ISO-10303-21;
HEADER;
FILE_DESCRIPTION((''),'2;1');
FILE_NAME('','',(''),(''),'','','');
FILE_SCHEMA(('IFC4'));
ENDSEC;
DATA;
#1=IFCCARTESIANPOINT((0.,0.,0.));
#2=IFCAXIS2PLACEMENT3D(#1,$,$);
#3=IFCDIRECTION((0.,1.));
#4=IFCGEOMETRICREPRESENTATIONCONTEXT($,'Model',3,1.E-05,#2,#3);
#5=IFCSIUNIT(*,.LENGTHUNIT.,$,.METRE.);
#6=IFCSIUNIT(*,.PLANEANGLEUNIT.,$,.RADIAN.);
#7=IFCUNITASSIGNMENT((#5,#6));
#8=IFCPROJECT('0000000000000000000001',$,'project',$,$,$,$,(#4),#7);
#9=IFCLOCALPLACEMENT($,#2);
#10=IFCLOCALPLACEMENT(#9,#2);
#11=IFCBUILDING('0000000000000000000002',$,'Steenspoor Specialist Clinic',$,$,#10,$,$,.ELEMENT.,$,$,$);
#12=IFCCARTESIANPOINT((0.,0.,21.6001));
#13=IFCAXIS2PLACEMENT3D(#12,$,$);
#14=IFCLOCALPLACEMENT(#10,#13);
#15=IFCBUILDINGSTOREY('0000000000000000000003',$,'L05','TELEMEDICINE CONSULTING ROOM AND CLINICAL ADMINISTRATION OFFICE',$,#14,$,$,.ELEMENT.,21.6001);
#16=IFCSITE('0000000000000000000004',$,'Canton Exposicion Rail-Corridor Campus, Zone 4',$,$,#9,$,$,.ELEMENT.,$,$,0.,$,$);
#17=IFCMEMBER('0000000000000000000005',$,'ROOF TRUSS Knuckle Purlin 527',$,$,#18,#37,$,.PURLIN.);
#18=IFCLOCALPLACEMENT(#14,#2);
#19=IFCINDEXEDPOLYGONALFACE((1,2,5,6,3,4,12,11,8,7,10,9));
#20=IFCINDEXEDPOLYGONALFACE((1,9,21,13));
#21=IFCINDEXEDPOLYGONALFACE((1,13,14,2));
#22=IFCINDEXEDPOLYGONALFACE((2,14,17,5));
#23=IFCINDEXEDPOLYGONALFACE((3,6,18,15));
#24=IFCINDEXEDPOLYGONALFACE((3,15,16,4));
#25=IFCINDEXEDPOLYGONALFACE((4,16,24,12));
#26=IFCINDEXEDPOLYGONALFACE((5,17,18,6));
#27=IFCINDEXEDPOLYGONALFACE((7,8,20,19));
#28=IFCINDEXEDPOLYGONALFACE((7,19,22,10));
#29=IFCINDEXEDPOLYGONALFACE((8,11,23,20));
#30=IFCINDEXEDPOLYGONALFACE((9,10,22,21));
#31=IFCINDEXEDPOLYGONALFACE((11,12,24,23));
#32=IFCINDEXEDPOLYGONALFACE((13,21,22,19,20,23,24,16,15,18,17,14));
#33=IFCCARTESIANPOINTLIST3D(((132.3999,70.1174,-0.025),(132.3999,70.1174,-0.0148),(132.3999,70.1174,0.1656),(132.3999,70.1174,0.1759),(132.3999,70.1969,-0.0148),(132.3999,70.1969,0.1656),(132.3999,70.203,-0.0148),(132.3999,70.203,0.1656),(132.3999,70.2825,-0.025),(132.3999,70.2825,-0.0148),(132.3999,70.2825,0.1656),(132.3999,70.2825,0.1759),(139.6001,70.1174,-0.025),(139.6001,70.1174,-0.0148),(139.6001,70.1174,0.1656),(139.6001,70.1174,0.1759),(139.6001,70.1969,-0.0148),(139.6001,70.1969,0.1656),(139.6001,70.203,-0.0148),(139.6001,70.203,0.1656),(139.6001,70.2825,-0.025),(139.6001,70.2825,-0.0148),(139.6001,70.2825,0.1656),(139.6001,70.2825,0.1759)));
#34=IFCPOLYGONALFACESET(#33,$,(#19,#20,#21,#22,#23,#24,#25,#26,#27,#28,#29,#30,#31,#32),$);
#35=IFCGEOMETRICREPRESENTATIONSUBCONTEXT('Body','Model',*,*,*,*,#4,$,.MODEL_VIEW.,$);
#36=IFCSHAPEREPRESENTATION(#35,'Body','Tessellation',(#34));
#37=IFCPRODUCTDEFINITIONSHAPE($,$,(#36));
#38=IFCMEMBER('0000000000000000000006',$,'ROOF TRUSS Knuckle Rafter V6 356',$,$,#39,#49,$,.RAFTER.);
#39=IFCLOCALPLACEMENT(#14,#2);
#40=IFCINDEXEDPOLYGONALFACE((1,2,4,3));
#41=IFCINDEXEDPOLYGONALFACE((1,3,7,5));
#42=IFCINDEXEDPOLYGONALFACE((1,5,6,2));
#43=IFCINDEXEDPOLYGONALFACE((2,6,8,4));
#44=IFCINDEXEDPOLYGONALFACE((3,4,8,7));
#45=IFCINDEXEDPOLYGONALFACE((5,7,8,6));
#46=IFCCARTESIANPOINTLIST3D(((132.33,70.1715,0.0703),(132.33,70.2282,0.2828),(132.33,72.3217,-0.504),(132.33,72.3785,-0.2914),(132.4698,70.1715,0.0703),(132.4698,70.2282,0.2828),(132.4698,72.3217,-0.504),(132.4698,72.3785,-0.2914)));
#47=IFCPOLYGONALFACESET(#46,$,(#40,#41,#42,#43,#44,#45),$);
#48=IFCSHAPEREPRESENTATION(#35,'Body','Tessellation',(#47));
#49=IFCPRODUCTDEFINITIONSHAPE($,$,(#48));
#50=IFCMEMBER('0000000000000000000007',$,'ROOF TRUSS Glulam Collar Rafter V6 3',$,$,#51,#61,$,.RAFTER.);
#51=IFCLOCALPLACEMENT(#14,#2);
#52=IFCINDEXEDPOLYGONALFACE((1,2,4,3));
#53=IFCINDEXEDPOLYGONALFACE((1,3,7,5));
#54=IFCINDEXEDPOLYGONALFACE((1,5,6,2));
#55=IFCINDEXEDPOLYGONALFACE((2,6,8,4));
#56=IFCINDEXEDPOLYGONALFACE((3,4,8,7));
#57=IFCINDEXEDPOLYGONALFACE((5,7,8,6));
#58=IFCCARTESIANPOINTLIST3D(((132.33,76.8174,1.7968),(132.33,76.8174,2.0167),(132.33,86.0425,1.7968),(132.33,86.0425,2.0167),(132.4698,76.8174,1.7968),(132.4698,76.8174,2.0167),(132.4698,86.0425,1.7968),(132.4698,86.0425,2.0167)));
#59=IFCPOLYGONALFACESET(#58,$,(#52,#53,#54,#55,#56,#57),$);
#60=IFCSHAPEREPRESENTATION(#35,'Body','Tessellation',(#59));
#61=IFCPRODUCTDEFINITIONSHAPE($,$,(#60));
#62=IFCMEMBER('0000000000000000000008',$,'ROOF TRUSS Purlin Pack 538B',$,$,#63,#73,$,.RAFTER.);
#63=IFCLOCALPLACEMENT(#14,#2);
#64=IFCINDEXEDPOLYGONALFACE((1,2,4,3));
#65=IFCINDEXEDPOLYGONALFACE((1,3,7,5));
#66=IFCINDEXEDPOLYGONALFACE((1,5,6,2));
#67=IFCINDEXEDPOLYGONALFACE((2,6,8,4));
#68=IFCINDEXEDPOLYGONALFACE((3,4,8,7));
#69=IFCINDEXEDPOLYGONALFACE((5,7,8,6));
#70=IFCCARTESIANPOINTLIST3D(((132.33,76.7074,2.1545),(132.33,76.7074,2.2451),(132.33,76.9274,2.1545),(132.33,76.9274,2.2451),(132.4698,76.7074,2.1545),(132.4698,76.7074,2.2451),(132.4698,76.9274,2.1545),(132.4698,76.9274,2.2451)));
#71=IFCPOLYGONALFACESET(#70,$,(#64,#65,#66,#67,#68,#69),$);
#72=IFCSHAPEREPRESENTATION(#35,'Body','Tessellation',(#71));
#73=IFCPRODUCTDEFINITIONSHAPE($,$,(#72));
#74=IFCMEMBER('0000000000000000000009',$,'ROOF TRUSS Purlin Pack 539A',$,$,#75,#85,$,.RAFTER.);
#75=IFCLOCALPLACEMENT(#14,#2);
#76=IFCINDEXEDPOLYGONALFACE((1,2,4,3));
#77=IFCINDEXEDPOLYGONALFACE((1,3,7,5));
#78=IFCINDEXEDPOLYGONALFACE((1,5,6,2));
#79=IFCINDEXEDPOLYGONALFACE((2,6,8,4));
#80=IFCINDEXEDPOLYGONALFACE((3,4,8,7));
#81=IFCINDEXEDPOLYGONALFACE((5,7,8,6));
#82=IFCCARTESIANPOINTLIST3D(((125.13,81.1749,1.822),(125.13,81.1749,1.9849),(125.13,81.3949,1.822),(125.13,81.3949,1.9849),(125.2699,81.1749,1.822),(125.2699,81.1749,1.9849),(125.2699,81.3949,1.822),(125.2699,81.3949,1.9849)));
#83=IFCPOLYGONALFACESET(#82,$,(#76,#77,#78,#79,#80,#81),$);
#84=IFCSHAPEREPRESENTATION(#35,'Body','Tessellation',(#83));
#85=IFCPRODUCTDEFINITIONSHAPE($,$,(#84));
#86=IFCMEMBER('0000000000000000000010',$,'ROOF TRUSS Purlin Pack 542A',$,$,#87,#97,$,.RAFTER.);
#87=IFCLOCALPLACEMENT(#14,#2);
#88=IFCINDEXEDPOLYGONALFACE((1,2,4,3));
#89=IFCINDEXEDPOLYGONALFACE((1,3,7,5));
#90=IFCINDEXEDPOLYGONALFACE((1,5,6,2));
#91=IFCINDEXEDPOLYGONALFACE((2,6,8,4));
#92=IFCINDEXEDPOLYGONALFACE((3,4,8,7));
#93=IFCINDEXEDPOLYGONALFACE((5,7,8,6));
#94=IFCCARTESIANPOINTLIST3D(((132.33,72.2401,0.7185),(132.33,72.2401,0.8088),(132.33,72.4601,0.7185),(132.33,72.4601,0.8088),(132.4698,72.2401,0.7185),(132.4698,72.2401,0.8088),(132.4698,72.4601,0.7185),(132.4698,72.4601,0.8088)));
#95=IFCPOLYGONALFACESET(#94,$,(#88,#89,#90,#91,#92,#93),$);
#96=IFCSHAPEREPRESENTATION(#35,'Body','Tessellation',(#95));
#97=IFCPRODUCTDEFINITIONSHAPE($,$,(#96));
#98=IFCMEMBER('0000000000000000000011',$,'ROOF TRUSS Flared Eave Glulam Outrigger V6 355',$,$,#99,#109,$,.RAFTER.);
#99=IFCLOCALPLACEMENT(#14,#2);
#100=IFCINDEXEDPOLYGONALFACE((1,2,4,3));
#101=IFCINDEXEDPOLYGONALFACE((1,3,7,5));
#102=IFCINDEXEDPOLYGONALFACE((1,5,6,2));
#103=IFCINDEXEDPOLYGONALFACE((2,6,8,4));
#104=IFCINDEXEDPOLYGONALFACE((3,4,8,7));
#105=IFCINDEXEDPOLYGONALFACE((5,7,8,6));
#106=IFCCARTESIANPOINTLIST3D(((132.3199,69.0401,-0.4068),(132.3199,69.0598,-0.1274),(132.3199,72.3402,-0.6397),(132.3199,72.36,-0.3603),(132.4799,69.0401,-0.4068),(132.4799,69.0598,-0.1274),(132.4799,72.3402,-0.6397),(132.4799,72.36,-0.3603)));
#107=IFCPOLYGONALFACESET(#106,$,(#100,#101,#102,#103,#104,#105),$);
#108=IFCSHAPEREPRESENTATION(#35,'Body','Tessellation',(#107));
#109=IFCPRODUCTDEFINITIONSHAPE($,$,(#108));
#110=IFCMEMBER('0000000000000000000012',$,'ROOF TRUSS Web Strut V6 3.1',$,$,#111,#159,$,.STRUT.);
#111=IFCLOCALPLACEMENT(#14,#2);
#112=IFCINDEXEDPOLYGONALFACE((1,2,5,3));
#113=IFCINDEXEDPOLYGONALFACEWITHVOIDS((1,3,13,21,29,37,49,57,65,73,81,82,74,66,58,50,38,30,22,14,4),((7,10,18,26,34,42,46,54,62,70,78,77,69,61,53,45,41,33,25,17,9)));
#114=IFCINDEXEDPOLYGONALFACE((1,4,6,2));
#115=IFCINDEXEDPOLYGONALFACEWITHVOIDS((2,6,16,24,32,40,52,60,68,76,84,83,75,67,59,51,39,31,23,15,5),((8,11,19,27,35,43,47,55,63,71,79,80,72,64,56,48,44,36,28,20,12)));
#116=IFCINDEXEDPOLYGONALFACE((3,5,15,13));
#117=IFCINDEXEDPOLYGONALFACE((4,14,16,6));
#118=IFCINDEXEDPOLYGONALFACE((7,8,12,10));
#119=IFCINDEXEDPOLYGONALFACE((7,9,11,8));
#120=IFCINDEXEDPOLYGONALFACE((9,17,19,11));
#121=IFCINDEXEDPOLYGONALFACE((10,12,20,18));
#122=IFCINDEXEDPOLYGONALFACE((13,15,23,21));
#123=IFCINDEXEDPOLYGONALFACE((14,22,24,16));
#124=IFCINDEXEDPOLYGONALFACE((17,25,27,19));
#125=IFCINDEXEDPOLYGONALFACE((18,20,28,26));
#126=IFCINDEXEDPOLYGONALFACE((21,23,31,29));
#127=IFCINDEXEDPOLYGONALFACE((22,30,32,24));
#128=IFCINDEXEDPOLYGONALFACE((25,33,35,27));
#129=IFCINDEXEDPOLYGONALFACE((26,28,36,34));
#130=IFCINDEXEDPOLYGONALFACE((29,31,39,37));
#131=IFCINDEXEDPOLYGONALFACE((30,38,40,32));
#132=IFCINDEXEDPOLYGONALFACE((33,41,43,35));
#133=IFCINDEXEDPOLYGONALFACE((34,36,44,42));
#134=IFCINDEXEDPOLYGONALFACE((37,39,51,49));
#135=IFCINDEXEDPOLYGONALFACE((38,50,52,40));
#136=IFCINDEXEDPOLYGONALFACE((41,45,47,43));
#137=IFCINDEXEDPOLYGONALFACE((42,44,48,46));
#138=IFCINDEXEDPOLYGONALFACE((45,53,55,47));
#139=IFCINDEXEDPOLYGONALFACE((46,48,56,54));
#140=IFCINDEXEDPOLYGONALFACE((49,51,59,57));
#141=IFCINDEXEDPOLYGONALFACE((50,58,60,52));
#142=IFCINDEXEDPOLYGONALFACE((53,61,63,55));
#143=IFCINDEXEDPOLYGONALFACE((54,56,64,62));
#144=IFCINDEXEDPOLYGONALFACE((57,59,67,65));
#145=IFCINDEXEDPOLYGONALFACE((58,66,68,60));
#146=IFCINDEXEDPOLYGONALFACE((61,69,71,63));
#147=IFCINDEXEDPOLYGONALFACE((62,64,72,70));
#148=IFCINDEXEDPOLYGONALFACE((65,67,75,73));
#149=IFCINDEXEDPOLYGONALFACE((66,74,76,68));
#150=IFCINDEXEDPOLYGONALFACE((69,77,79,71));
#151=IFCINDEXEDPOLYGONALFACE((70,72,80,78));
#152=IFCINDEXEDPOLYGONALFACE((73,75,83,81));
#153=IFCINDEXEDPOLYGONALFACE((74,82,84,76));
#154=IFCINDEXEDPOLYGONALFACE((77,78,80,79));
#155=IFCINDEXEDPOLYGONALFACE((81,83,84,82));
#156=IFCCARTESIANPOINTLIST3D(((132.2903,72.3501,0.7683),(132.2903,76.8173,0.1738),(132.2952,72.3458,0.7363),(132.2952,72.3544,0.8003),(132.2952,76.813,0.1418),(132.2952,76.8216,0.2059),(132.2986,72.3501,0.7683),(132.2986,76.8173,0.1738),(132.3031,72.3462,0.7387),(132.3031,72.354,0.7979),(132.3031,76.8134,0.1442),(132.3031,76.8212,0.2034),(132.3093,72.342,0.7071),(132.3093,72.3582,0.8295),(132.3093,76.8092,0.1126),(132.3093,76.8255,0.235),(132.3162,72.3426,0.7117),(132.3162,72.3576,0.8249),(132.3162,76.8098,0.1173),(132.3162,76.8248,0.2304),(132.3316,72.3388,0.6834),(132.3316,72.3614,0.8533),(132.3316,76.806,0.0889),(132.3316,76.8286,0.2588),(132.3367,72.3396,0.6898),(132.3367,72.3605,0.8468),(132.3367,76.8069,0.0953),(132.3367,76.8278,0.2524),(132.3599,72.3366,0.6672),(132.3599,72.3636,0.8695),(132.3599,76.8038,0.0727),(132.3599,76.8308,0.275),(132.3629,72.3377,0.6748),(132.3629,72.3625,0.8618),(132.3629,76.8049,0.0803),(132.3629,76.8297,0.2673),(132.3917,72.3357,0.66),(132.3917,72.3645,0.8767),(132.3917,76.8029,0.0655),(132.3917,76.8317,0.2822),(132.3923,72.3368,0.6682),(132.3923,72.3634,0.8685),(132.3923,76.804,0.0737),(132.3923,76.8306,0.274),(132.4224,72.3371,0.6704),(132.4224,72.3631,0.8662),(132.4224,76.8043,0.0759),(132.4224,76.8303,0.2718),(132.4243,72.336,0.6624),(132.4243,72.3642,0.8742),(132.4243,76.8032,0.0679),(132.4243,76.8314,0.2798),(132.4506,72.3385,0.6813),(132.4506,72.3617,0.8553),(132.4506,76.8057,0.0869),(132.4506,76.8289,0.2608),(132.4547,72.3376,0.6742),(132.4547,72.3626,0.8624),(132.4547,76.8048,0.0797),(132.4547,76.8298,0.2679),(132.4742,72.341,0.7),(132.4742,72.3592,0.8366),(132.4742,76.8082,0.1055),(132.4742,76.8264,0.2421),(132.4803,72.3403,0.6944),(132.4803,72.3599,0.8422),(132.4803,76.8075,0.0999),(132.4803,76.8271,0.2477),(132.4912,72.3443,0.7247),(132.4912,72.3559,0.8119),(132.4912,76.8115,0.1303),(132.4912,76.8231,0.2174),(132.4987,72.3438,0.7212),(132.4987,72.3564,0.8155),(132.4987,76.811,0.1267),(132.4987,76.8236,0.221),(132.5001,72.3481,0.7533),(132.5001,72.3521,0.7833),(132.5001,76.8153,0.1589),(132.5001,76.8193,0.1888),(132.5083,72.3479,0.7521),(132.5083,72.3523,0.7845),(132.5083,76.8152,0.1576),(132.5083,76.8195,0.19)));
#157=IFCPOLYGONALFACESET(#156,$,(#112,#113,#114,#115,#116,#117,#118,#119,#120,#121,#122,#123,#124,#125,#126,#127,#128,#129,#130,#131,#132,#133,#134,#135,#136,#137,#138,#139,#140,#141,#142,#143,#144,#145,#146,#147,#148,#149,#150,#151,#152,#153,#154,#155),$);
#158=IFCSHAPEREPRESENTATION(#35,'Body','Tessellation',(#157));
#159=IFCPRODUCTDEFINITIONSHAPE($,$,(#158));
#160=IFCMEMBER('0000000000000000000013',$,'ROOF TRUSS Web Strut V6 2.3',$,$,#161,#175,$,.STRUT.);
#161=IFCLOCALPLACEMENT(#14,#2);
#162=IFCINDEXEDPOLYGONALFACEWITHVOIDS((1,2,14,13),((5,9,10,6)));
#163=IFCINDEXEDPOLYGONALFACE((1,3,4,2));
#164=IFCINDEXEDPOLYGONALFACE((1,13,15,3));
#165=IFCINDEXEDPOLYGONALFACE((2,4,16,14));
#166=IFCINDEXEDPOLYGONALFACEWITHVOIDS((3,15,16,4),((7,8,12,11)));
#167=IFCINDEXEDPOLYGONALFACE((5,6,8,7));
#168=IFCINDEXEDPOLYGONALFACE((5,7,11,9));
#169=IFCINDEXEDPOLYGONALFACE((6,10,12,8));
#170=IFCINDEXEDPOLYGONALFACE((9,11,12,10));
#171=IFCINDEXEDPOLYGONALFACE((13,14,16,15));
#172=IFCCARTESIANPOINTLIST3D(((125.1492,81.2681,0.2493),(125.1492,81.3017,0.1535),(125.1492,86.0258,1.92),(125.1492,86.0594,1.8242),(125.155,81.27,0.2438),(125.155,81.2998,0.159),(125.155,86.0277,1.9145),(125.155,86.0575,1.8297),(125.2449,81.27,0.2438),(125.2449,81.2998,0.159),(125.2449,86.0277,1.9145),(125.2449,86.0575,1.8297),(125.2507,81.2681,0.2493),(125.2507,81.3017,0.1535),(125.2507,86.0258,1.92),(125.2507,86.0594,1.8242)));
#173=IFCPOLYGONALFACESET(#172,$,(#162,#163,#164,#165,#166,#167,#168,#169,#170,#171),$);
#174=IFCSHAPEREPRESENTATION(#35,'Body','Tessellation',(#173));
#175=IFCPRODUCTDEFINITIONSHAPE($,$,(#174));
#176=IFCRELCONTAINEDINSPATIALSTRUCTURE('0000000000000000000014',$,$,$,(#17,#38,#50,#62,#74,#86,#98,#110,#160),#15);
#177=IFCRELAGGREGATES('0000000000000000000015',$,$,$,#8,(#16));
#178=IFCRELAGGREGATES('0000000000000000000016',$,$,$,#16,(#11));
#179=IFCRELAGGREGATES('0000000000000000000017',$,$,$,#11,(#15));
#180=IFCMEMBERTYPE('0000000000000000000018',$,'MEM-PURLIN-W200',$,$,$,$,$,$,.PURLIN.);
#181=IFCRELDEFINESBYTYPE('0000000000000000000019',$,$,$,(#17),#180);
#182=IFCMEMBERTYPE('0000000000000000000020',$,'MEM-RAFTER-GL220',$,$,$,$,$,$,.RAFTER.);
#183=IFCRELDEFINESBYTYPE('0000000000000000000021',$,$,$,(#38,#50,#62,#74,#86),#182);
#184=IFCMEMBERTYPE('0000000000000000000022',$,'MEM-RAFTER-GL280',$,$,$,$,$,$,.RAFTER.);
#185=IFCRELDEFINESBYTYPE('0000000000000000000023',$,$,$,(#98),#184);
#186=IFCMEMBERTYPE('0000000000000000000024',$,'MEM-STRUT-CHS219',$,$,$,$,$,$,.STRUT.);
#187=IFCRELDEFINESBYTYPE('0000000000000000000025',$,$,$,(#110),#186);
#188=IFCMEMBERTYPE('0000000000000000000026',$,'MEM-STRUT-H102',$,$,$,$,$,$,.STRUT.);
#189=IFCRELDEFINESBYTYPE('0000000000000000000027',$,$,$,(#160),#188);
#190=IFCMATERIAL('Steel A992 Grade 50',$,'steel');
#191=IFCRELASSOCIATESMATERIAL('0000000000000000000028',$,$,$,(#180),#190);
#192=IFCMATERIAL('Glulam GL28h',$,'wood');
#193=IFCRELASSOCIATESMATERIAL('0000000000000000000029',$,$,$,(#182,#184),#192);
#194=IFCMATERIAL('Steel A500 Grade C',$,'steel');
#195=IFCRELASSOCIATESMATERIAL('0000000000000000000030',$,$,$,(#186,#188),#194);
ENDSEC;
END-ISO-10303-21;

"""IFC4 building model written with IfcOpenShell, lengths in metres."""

from ifc_helpers import new_model, si_unit, direction, frame, origin, origin_2d, place, context, subcontext, project, spatial, rectangle, hollow_rectangle, hollow_circle, i_section, extrude, material, material_profile, profile_set, type_object, element, save


model = new_model("IFC4")

# Units and contexts
model_context = context("Model", 3, precision=1e-05, world=origin(), true_north=direction((0.0, 1.0)))
body_context = subcontext(model_context, "Body", "Model", "MODEL_VIEW")
ifc_project = project(units=[si_unit("LENGTHUNIT", "METRE"), si_unit("PLANEANGLEUNIT", "RADIAN")], contexts=[model_context])

# Site, building, storey
site_placement = place(None, origin())
site = spatial("IfcSite", under=ifc_project, at=site_placement, Name="Canton Exposicion Rail-Corridor Campus, Zone 4", CompositionType="ELEMENT", RefElevation=0.0)
building_placement = place(site_placement, origin())
building = spatial("IfcBuilding", under=site, at=building_placement, Name="Steenspoor Specialist Clinic", CompositionType="ELEMENT")
storey_placement = place(building_placement, frame((0.0, 0.0, 21.6001)))
storey = spatial("IfcBuildingStorey", under=building, at=storey_placement, Name="L05", Description="TELEMEDICINE CONSULTING ROOM AND CLINICAL ADMINISTRATION OFFICE", CompositionType="ELEMENT", Elevation=21.6001)

# Shared definitions
ifc_material_1 = material(Name="Steel A992 Grade 50", Category="steel")

# Members
ifc_material_2 = material(Name="Steel A500 Grade C", Category="steel")
ifc_material_profile_1 = material_profile(ifc_material_1, i_section(OverallWidth=0.165, OverallDepth=0.2009, WebThickness=0.0061, FlangeThickness=0.0103, at=origin_2d()), Name="W200X36")
ifc_profile_set_1 = profile_set([ifc_material_profile_1], Name="Steel A992 Grade 50")
member_type_1 = type_object("IfcMemberType", Name="MEM-PURLIN-W200", PredefinedType="PURLIN", material=ifc_profile_set_1)
member_1_placement = place(storey_placement, frame((132.3999, 70.2, 0.0754), z_axis=(1.0, 0.0, 0.0), x_axis=(0.0, 1.0, 0.0)))
element("IfcMember", 1, at=member_1_placement, inside=storey, type_object=member_type_1, Name="ROOF TRUSS Knuckle Purlin 527", PredefinedType="PURLIN", context=body_context, shape_type="SweptSolid", body=[
    extrude(i_section(OverallWidth=0.165, OverallDepth=0.2009, WebThickness=0.0061, FlangeThickness=0.0103, at=origin_2d()), origin(), (0.0, 0.0, 1.0), 7.2002),
])
ifc_material_3 = material(Name="Glulam GL28h", Category="wood")
ifc_material_profile_2 = material_profile(ifc_material_3, rectangle(XDim=0.1399, YDim=0.22, at=origin_2d()), Name="GL28H-140X220")
ifc_profile_set_2 = profile_set([ifc_material_profile_2], Name="Glulam GL28h")
member_type_2 = type_object("IfcMemberType", Name="MEM-RAFTER-GL220", PredefinedType="RAFTER", material=ifc_profile_set_2)
member_2_placement = place(storey_placement, frame((132.3999, 72.3501, -0.3977), z_axis=(0.0, -0.96614, 0.258018), x_axis=(1.0, 0.0, 0.0)))
element("IfcMember", 2, at=member_2_placement, inside=storey, type_object=member_type_2, Name="ROOF TRUSS Knuckle Rafter V6 356", PredefinedType="RAFTER", context=body_context, shape_type="SweptSolid", body=[
    extrude(rectangle(XDim=0.1399, YDim=0.22, at=origin_2d()), origin(), (0.0, 0.0, 1.0), 2.2256),
])
member_3_placement = place(storey_placement, frame((132.3999, 76.8174, 1.9067), z_axis=(0.0, 1.0, 0.0), x_axis=(-1.0, 0.0, 0.0)))
element("IfcMember", 3, at=member_3_placement, inside=storey, type_object=member_type_2, Name="ROOF TRUSS Glulam Collar Rafter V6 3", PredefinedType="RAFTER", context=body_context, shape_type="SweptSolid", body=[
    extrude(rectangle(XDim=0.1399, YDim=0.22, at=origin_2d()), origin(), (0.0, 0.0, 1.0), 9.2251),
])
member_4_placement = place(storey_placement, frame((132.3999, 76.8174, 2.1545), z_axis=(0.0, 0.0, 1.0), x_axis=(1.0, 0.0, 0.0)))
element("IfcMember", 4, at=member_4_placement, inside=storey, type_object=member_type_2, Name="ROOF TRUSS Purlin Pack 538B", PredefinedType="RAFTER", context=body_context, shape_type="SweptSolid", body=[
    extrude(rectangle(XDim=0.1399, YDim=0.22, at=origin_2d()), origin(), (0.0, 0.0, 1.0), 0.0906),
])
member_5_placement = place(storey_placement, frame((125.2, 81.2849, 1.822), z_axis=(0.0, 0.0, 1.0), x_axis=(1.0, 0.0, 0.0)))
element("IfcMember", 5, at=member_5_placement, inside=storey, type_object=member_type_2, Name="ROOF TRUSS Purlin Pack 539A", PredefinedType="RAFTER", context=body_context, shape_type="SweptSolid", body=[
    extrude(rectangle(XDim=0.1399, YDim=0.22, at=origin_2d()), origin(), (0.0, 0.0, 1.0), 0.1628),
])
member_6_placement = place(storey_placement, frame((132.3999, 72.3501, 0.7185), z_axis=(0.0, 0.0, 1.0), x_axis=(1.0, 0.0, 0.0)))
element("IfcMember", 6, at=member_6_placement, inside=storey, type_object=member_type_2, Name="ROOF TRUSS Purlin Pack 542A", PredefinedType="RAFTER", context=body_context, shape_type="SweptSolid", body=[
    extrude(rectangle(XDim=0.1399, YDim=0.22, at=origin_2d()), origin(), (0.0, 0.0, 1.0), 0.0903),
])
ifc_material_profile_3 = material_profile(ifc_material_3, rectangle(XDim=0.1599, YDim=0.28, at=origin_2d()), Name="GL28H-160X280")
ifc_profile_set_3 = profile_set([ifc_material_profile_3], Name="Glulam GL28h")
member_type_3 = type_object("IfcMemberType", Name="MEM-RAFTER-GL280", PredefinedType="RAFTER", material=ifc_profile_set_3)
member_7_placement = place(storey_placement, frame((132.3999, 72.3501, -0.5), z_axis=(0.0, -0.997519, 0.070403), x_axis=(1.0, 0.0, 0.0)))
element("IfcMember", 7, at=member_7_placement, inside=storey, type_object=member_type_3, Name="ROOF TRUSS Flared Eave Glulam Outrigger V6 355", PredefinedType="RAFTER", context=body_context, shape_type="SweptSolid", body=[
    extrude(rectangle(XDim=0.1599, YDim=0.28, at=origin_2d()), origin(), (0.0, 0.0, 1.0), 3.3083),
])
ifc_material_profile_4 = material_profile(ifc_material_2, hollow_circle(Radius=0.1096, WallThickness=0.0083, at=origin_2d()), Name="CHS219X8.2")
ifc_profile_set_4 = profile_set([ifc_material_profile_4], Name="Steel A500 Grade C")
member_type_4 = type_object("IfcMemberType", Name="MEM-STRUT-CHS219", PredefinedType="STRUT", material=ifc_profile_set_4)
member_8_placement = place(storey_placement, frame((132.3999, 72.3501, 0.7683), z_axis=(0.0, 0.991261, -0.131912), x_axis=(-1.0, 0.0, 0.0)))
element("IfcMember", 8, at=member_8_placement, inside=storey, type_object=member_type_4, Name="ROOF TRUSS Web Strut V6 3.1", PredefinedType="STRUT", context=body_context, shape_type="SweptSolid", body=[
    extrude(hollow_circle(Radius=0.1096, WallThickness=0.0083, at=origin_2d()), origin(), (0.0, 0.0, 1.0), 4.5066),
])
ifc_material_profile_5 = material_profile(ifc_material_2, hollow_rectangle(XDim=0.1016, YDim=0.1016, WallThickness=0.0059, at=origin_2d()), Name="HSS102X102X6.4")
ifc_profile_set_5 = profile_set([ifc_material_profile_5], Name="Steel A500 Grade C")
member_type_5 = type_object("IfcMemberType", Name="MEM-STRUT-H102", PredefinedType="STRUT", material=ifc_profile_set_5)
member_9_placement = place(storey_placement, frame((125.2, 81.2849, 0.2014), z_axis=(0.0, 0.943517, 0.331323), x_axis=(-1.0, 0.0, 0.0)))
element("IfcMember", 9, at=member_9_placement, inside=storey, type_object=member_type_5, Name="ROOF TRUSS Web Strut V6 2.3", PredefinedType="STRUT", context=body_context, shape_type="SweptSolid", body=[
    extrude(hollow_rectangle(XDim=0.1016, YDim=0.1016, WallThickness=0.0059, at=origin_2d()), origin(), (0.0, 0.0, 1.0), 5.0425),
])

save(model, "model.ifc")
